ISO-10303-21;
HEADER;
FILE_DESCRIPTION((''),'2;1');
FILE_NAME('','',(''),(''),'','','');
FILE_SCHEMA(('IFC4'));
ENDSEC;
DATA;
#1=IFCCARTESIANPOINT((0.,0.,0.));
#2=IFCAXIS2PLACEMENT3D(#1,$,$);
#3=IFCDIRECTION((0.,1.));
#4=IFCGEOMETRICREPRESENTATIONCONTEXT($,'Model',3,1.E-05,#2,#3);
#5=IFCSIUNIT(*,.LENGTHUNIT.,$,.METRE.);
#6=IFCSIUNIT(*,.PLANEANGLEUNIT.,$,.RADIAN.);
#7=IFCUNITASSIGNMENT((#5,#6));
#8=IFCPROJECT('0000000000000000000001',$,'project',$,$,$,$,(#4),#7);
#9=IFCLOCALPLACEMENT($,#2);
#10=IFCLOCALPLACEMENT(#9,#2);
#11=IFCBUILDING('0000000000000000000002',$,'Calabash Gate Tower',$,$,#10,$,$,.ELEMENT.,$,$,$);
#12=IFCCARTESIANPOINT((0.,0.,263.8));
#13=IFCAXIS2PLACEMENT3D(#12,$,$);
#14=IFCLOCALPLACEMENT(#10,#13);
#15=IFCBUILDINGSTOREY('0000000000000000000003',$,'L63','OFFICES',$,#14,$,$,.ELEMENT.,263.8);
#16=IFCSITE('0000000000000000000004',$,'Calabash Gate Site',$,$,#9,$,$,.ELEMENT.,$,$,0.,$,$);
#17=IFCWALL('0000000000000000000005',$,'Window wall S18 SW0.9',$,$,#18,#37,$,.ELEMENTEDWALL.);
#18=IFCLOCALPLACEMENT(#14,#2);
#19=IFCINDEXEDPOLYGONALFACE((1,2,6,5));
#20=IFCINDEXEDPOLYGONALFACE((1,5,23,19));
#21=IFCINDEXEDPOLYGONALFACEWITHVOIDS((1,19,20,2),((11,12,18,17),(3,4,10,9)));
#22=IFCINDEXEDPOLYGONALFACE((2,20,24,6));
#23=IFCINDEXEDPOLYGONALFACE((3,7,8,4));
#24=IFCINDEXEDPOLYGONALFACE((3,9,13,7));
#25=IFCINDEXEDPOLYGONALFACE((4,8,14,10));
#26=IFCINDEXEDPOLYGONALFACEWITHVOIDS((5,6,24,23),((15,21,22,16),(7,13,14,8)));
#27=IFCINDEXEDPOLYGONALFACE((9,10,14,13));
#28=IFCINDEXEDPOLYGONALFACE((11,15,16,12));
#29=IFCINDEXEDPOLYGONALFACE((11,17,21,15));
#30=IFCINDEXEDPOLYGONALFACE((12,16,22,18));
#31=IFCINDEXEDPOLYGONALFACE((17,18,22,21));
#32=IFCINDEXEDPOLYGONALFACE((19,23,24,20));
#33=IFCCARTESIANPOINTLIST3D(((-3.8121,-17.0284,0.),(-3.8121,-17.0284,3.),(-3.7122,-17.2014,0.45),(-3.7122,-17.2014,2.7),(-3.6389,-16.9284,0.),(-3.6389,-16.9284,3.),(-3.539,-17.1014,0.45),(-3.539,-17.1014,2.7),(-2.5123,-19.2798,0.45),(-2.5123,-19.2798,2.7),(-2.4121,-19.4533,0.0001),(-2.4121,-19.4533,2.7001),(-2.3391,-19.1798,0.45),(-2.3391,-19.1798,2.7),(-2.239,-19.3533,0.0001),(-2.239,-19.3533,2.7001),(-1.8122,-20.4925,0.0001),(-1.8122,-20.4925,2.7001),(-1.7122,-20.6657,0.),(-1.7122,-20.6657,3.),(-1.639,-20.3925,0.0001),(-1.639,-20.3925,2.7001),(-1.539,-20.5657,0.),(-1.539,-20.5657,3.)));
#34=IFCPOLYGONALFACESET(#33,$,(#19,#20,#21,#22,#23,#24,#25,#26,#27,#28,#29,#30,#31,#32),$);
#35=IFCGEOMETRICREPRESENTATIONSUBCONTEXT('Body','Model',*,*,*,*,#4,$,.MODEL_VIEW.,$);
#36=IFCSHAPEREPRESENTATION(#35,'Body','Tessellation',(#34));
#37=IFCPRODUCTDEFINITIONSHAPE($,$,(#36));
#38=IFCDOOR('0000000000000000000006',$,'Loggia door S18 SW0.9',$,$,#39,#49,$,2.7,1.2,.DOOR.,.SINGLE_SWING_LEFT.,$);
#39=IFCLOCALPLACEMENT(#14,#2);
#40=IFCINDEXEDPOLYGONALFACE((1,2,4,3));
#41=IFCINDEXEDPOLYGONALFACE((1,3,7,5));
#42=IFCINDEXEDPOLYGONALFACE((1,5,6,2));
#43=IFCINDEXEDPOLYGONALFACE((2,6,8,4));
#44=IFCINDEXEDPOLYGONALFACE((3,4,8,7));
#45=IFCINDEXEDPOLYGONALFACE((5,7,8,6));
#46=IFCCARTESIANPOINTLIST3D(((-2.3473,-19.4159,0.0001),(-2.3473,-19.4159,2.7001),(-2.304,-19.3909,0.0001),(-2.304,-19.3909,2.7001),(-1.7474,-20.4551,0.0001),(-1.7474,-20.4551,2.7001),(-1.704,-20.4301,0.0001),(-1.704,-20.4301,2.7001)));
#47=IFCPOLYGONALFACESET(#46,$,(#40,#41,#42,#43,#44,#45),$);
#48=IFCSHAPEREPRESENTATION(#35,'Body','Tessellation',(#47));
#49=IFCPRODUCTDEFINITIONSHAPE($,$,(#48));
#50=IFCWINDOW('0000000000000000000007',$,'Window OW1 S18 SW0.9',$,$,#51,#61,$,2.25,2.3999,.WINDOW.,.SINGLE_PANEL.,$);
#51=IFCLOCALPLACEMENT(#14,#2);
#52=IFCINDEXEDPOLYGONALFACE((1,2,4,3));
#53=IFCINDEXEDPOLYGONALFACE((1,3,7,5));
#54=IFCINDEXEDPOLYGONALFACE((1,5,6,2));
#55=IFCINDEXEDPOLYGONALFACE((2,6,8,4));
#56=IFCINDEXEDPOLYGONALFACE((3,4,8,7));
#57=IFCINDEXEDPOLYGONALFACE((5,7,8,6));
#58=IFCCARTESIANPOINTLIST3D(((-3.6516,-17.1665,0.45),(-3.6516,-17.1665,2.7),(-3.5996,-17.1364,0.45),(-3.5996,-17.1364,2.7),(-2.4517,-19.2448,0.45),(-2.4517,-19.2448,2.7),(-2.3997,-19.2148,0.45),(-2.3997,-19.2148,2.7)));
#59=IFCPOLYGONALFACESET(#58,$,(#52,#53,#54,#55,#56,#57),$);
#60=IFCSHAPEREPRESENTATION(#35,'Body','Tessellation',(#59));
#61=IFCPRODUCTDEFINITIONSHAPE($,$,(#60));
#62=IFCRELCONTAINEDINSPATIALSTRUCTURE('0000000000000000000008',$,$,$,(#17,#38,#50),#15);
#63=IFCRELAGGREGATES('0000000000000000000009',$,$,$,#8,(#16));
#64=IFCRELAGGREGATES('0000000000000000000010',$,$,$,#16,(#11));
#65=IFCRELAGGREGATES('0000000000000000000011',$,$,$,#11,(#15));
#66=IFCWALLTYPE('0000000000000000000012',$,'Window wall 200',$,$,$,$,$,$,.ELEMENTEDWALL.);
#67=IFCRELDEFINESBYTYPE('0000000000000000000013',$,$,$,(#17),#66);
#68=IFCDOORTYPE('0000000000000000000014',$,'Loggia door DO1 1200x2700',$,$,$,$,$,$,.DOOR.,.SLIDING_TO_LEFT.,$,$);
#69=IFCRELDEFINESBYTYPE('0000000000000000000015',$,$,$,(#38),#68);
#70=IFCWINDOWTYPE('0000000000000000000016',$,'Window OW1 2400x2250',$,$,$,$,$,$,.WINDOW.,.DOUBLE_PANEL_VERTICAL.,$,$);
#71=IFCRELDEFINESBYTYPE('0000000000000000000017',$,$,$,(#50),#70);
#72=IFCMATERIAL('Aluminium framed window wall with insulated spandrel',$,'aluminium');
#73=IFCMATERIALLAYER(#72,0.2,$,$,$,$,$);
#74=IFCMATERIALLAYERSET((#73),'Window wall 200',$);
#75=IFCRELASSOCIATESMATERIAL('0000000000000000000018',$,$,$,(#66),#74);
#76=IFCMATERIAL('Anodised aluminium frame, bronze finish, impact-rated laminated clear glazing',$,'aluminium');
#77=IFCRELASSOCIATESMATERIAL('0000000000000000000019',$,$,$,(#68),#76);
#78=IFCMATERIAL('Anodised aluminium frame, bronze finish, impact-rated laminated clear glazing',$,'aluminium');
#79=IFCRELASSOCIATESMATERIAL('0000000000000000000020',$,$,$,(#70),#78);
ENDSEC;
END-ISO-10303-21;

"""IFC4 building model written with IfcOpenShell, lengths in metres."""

from ifc_helpers import new_model, si_unit, direction, frame, frame_2d, origin, place, context, subcontext, project, spatial, rectangle, extrude, material, layer, layer_set, type_object, element, fill, save


model = new_model("IFC4")

# Units and contexts
model_context = context("Model", 3, precision=1e-05, world=origin(), true_north=direction((0.0, 1.0)))
body_context = subcontext(model_context, "Body", "Model", "MODEL_VIEW")
ifc_project = project(units=[si_unit("LENGTHUNIT", "METRE"), si_unit("PLANEANGLEUNIT", "RADIAN")], contexts=[model_context])

# Site, building, storey
site_placement = place(None, origin())
site = spatial("IfcSite", under=ifc_project, at=site_placement, Name="Calabash Gate Site", CompositionType="ELEMENT", RefElevation=0.0)
building_placement = place(site_placement, origin())
building = spatial("IfcBuilding", under=site, at=building_placement, Name="Calabash Gate Tower", CompositionType="ELEMENT")
storey_placement = place(building_placement, frame((0.0, 0.0, 263.8)))
storey = spatial("IfcBuildingStorey", under=building, at=storey_placement, Name="L63", Description="OFFICES", CompositionType="ELEMENT", Elevation=263.8)

# Shared definitions
ifc_material_1 = material(Name="Aluminium framed window wall with insulated spandrel", Category="aluminium")
ifc_layer_1 = layer(ifc_material_1, 0.2)
ifc_layer_set_1 = layer_set([ifc_layer_1], Name="Window wall 200")
wall_type_1 = type_object("IfcWallType", Name="Window wall 200", PredefinedType="ELEMENTEDWALL", material=ifc_layer_set_1)

# Wall, openings, door, window
wall_1_placement = place(storey_placement, frame((-3.7256, -16.9783, 0.0), z_axis=(0.0, 0.0, 1.0), x_axis=(0.499984, -0.866035, 0.0)))
wall_1 = element("IfcWall", 1, at=wall_1_placement, inside=storey, type_object=wall_type_1, Name="Window wall S18 SW0.9", PredefinedType="ELEMENTEDWALL", context=body_context, shape_type="SweptSolid", body=[
    extrude(rectangle(XDim=4.2, YDim=0.2, at=frame_2d((2.1001, 0.0))), origin(), (0.0, 0.0, 1.0), 3.0),
])
opening_1_placement = place(wall_1_placement, frame((0.2, 0.0, 0.45)))
opening_1 = element("IfcOpeningElement", 2, at=opening_1_placement, cuts=wall_1, PredefinedType="OPENING", context=body_context, shape_type="SweptSolid", body=[
    extrude(rectangle(XDim=2.3999, YDim=2.25, at=frame_2d((1.2, 1.125))), frame((0.0, 0.1099, 0.0), z_axis=(0.0, -1.0, 0.0), x_axis=(1.0, 0.0, 0.0)), (0.0, 0.0, 1.0), 0.22),
])
opening_2_placement = place(wall_1_placement, frame((2.8, 0.0, 0.0)))
opening_2 = element("IfcOpeningElement", 3, at=opening_2_placement, cuts=wall_1, PredefinedType="OPENING", context=body_context, shape_type="SweptSolid", body=[
    extrude(rectangle(XDim=1.2, YDim=2.7, at=frame_2d((0.6001, 1.3501))), frame((0.0, 0.1099, 0.0), z_axis=(0.0, -1.0, 0.0), x_axis=(1.0, 0.0, 0.0)), (0.0, 0.0, 1.0), 0.22),
])
ifc_material_2 = material(Name="Anodised aluminium frame, bronze finish, impact-rated laminated clear glazing", Category="aluminium")
door_type = type_object("IfcDoorType", Name="Loggia door DO1 1200x2700", OperationType="SLIDING_TO_LEFT", PredefinedType="DOOR", material=ifc_material_2)
door_placement = place(opening_2_placement, origin())
door = element("IfcDoor", 4, at=door_placement, inside=storey, type_object=door_type, Name="Loggia door S18 SW0.9", OperationType="SINGLE_SWING_LEFT", OverallHeight=2.7, OverallWidth=1.2, PredefinedType="DOOR", context=body_context, shape_type="SweptSolid", body=[
    extrude(rectangle(XDim=1.2, YDim=2.7, at=frame_2d((0.6001, 1.3501))), frame((0.0, 0.0249, 0.0), z_axis=(0.0, -1.0, 0.0), x_axis=(1.0, 0.0, 0.0)), (0.0, 0.0, 1.0), 0.05),
])
fill(opening_2, door)
ifc_material_3 = material(Name="Anodised aluminium frame, bronze finish, impact-rated laminated clear glazing", Category="aluminium")
window_type = type_object("IfcWindowType", Name="Window OW1 2400x2250", PartitioningType="DOUBLE_PANEL_VERTICAL", PredefinedType="WINDOW", material=ifc_material_3)
window_placement = place(opening_1_placement, origin())
window = element("IfcWindow", 5, at=window_placement, inside=storey, type_object=window_type, Name="Window OW1 S18 SW0.9", OverallHeight=2.25, OverallWidth=2.3999, PartitioningType="SINGLE_PANEL", PredefinedType="WINDOW", context=body_context, shape_type="SweptSolid", body=[
    extrude(rectangle(XDim=2.3999, YDim=2.25, at=frame_2d((1.2, 1.125))), frame((0.0, 0.03, 0.0), z_axis=(0.0, -1.0, 0.0), x_axis=(1.0, 0.0, 0.0)), (0.0, 0.0, 1.0), 0.0601),
])
fill(opening_1, window)

save(model, "model.ifc")
